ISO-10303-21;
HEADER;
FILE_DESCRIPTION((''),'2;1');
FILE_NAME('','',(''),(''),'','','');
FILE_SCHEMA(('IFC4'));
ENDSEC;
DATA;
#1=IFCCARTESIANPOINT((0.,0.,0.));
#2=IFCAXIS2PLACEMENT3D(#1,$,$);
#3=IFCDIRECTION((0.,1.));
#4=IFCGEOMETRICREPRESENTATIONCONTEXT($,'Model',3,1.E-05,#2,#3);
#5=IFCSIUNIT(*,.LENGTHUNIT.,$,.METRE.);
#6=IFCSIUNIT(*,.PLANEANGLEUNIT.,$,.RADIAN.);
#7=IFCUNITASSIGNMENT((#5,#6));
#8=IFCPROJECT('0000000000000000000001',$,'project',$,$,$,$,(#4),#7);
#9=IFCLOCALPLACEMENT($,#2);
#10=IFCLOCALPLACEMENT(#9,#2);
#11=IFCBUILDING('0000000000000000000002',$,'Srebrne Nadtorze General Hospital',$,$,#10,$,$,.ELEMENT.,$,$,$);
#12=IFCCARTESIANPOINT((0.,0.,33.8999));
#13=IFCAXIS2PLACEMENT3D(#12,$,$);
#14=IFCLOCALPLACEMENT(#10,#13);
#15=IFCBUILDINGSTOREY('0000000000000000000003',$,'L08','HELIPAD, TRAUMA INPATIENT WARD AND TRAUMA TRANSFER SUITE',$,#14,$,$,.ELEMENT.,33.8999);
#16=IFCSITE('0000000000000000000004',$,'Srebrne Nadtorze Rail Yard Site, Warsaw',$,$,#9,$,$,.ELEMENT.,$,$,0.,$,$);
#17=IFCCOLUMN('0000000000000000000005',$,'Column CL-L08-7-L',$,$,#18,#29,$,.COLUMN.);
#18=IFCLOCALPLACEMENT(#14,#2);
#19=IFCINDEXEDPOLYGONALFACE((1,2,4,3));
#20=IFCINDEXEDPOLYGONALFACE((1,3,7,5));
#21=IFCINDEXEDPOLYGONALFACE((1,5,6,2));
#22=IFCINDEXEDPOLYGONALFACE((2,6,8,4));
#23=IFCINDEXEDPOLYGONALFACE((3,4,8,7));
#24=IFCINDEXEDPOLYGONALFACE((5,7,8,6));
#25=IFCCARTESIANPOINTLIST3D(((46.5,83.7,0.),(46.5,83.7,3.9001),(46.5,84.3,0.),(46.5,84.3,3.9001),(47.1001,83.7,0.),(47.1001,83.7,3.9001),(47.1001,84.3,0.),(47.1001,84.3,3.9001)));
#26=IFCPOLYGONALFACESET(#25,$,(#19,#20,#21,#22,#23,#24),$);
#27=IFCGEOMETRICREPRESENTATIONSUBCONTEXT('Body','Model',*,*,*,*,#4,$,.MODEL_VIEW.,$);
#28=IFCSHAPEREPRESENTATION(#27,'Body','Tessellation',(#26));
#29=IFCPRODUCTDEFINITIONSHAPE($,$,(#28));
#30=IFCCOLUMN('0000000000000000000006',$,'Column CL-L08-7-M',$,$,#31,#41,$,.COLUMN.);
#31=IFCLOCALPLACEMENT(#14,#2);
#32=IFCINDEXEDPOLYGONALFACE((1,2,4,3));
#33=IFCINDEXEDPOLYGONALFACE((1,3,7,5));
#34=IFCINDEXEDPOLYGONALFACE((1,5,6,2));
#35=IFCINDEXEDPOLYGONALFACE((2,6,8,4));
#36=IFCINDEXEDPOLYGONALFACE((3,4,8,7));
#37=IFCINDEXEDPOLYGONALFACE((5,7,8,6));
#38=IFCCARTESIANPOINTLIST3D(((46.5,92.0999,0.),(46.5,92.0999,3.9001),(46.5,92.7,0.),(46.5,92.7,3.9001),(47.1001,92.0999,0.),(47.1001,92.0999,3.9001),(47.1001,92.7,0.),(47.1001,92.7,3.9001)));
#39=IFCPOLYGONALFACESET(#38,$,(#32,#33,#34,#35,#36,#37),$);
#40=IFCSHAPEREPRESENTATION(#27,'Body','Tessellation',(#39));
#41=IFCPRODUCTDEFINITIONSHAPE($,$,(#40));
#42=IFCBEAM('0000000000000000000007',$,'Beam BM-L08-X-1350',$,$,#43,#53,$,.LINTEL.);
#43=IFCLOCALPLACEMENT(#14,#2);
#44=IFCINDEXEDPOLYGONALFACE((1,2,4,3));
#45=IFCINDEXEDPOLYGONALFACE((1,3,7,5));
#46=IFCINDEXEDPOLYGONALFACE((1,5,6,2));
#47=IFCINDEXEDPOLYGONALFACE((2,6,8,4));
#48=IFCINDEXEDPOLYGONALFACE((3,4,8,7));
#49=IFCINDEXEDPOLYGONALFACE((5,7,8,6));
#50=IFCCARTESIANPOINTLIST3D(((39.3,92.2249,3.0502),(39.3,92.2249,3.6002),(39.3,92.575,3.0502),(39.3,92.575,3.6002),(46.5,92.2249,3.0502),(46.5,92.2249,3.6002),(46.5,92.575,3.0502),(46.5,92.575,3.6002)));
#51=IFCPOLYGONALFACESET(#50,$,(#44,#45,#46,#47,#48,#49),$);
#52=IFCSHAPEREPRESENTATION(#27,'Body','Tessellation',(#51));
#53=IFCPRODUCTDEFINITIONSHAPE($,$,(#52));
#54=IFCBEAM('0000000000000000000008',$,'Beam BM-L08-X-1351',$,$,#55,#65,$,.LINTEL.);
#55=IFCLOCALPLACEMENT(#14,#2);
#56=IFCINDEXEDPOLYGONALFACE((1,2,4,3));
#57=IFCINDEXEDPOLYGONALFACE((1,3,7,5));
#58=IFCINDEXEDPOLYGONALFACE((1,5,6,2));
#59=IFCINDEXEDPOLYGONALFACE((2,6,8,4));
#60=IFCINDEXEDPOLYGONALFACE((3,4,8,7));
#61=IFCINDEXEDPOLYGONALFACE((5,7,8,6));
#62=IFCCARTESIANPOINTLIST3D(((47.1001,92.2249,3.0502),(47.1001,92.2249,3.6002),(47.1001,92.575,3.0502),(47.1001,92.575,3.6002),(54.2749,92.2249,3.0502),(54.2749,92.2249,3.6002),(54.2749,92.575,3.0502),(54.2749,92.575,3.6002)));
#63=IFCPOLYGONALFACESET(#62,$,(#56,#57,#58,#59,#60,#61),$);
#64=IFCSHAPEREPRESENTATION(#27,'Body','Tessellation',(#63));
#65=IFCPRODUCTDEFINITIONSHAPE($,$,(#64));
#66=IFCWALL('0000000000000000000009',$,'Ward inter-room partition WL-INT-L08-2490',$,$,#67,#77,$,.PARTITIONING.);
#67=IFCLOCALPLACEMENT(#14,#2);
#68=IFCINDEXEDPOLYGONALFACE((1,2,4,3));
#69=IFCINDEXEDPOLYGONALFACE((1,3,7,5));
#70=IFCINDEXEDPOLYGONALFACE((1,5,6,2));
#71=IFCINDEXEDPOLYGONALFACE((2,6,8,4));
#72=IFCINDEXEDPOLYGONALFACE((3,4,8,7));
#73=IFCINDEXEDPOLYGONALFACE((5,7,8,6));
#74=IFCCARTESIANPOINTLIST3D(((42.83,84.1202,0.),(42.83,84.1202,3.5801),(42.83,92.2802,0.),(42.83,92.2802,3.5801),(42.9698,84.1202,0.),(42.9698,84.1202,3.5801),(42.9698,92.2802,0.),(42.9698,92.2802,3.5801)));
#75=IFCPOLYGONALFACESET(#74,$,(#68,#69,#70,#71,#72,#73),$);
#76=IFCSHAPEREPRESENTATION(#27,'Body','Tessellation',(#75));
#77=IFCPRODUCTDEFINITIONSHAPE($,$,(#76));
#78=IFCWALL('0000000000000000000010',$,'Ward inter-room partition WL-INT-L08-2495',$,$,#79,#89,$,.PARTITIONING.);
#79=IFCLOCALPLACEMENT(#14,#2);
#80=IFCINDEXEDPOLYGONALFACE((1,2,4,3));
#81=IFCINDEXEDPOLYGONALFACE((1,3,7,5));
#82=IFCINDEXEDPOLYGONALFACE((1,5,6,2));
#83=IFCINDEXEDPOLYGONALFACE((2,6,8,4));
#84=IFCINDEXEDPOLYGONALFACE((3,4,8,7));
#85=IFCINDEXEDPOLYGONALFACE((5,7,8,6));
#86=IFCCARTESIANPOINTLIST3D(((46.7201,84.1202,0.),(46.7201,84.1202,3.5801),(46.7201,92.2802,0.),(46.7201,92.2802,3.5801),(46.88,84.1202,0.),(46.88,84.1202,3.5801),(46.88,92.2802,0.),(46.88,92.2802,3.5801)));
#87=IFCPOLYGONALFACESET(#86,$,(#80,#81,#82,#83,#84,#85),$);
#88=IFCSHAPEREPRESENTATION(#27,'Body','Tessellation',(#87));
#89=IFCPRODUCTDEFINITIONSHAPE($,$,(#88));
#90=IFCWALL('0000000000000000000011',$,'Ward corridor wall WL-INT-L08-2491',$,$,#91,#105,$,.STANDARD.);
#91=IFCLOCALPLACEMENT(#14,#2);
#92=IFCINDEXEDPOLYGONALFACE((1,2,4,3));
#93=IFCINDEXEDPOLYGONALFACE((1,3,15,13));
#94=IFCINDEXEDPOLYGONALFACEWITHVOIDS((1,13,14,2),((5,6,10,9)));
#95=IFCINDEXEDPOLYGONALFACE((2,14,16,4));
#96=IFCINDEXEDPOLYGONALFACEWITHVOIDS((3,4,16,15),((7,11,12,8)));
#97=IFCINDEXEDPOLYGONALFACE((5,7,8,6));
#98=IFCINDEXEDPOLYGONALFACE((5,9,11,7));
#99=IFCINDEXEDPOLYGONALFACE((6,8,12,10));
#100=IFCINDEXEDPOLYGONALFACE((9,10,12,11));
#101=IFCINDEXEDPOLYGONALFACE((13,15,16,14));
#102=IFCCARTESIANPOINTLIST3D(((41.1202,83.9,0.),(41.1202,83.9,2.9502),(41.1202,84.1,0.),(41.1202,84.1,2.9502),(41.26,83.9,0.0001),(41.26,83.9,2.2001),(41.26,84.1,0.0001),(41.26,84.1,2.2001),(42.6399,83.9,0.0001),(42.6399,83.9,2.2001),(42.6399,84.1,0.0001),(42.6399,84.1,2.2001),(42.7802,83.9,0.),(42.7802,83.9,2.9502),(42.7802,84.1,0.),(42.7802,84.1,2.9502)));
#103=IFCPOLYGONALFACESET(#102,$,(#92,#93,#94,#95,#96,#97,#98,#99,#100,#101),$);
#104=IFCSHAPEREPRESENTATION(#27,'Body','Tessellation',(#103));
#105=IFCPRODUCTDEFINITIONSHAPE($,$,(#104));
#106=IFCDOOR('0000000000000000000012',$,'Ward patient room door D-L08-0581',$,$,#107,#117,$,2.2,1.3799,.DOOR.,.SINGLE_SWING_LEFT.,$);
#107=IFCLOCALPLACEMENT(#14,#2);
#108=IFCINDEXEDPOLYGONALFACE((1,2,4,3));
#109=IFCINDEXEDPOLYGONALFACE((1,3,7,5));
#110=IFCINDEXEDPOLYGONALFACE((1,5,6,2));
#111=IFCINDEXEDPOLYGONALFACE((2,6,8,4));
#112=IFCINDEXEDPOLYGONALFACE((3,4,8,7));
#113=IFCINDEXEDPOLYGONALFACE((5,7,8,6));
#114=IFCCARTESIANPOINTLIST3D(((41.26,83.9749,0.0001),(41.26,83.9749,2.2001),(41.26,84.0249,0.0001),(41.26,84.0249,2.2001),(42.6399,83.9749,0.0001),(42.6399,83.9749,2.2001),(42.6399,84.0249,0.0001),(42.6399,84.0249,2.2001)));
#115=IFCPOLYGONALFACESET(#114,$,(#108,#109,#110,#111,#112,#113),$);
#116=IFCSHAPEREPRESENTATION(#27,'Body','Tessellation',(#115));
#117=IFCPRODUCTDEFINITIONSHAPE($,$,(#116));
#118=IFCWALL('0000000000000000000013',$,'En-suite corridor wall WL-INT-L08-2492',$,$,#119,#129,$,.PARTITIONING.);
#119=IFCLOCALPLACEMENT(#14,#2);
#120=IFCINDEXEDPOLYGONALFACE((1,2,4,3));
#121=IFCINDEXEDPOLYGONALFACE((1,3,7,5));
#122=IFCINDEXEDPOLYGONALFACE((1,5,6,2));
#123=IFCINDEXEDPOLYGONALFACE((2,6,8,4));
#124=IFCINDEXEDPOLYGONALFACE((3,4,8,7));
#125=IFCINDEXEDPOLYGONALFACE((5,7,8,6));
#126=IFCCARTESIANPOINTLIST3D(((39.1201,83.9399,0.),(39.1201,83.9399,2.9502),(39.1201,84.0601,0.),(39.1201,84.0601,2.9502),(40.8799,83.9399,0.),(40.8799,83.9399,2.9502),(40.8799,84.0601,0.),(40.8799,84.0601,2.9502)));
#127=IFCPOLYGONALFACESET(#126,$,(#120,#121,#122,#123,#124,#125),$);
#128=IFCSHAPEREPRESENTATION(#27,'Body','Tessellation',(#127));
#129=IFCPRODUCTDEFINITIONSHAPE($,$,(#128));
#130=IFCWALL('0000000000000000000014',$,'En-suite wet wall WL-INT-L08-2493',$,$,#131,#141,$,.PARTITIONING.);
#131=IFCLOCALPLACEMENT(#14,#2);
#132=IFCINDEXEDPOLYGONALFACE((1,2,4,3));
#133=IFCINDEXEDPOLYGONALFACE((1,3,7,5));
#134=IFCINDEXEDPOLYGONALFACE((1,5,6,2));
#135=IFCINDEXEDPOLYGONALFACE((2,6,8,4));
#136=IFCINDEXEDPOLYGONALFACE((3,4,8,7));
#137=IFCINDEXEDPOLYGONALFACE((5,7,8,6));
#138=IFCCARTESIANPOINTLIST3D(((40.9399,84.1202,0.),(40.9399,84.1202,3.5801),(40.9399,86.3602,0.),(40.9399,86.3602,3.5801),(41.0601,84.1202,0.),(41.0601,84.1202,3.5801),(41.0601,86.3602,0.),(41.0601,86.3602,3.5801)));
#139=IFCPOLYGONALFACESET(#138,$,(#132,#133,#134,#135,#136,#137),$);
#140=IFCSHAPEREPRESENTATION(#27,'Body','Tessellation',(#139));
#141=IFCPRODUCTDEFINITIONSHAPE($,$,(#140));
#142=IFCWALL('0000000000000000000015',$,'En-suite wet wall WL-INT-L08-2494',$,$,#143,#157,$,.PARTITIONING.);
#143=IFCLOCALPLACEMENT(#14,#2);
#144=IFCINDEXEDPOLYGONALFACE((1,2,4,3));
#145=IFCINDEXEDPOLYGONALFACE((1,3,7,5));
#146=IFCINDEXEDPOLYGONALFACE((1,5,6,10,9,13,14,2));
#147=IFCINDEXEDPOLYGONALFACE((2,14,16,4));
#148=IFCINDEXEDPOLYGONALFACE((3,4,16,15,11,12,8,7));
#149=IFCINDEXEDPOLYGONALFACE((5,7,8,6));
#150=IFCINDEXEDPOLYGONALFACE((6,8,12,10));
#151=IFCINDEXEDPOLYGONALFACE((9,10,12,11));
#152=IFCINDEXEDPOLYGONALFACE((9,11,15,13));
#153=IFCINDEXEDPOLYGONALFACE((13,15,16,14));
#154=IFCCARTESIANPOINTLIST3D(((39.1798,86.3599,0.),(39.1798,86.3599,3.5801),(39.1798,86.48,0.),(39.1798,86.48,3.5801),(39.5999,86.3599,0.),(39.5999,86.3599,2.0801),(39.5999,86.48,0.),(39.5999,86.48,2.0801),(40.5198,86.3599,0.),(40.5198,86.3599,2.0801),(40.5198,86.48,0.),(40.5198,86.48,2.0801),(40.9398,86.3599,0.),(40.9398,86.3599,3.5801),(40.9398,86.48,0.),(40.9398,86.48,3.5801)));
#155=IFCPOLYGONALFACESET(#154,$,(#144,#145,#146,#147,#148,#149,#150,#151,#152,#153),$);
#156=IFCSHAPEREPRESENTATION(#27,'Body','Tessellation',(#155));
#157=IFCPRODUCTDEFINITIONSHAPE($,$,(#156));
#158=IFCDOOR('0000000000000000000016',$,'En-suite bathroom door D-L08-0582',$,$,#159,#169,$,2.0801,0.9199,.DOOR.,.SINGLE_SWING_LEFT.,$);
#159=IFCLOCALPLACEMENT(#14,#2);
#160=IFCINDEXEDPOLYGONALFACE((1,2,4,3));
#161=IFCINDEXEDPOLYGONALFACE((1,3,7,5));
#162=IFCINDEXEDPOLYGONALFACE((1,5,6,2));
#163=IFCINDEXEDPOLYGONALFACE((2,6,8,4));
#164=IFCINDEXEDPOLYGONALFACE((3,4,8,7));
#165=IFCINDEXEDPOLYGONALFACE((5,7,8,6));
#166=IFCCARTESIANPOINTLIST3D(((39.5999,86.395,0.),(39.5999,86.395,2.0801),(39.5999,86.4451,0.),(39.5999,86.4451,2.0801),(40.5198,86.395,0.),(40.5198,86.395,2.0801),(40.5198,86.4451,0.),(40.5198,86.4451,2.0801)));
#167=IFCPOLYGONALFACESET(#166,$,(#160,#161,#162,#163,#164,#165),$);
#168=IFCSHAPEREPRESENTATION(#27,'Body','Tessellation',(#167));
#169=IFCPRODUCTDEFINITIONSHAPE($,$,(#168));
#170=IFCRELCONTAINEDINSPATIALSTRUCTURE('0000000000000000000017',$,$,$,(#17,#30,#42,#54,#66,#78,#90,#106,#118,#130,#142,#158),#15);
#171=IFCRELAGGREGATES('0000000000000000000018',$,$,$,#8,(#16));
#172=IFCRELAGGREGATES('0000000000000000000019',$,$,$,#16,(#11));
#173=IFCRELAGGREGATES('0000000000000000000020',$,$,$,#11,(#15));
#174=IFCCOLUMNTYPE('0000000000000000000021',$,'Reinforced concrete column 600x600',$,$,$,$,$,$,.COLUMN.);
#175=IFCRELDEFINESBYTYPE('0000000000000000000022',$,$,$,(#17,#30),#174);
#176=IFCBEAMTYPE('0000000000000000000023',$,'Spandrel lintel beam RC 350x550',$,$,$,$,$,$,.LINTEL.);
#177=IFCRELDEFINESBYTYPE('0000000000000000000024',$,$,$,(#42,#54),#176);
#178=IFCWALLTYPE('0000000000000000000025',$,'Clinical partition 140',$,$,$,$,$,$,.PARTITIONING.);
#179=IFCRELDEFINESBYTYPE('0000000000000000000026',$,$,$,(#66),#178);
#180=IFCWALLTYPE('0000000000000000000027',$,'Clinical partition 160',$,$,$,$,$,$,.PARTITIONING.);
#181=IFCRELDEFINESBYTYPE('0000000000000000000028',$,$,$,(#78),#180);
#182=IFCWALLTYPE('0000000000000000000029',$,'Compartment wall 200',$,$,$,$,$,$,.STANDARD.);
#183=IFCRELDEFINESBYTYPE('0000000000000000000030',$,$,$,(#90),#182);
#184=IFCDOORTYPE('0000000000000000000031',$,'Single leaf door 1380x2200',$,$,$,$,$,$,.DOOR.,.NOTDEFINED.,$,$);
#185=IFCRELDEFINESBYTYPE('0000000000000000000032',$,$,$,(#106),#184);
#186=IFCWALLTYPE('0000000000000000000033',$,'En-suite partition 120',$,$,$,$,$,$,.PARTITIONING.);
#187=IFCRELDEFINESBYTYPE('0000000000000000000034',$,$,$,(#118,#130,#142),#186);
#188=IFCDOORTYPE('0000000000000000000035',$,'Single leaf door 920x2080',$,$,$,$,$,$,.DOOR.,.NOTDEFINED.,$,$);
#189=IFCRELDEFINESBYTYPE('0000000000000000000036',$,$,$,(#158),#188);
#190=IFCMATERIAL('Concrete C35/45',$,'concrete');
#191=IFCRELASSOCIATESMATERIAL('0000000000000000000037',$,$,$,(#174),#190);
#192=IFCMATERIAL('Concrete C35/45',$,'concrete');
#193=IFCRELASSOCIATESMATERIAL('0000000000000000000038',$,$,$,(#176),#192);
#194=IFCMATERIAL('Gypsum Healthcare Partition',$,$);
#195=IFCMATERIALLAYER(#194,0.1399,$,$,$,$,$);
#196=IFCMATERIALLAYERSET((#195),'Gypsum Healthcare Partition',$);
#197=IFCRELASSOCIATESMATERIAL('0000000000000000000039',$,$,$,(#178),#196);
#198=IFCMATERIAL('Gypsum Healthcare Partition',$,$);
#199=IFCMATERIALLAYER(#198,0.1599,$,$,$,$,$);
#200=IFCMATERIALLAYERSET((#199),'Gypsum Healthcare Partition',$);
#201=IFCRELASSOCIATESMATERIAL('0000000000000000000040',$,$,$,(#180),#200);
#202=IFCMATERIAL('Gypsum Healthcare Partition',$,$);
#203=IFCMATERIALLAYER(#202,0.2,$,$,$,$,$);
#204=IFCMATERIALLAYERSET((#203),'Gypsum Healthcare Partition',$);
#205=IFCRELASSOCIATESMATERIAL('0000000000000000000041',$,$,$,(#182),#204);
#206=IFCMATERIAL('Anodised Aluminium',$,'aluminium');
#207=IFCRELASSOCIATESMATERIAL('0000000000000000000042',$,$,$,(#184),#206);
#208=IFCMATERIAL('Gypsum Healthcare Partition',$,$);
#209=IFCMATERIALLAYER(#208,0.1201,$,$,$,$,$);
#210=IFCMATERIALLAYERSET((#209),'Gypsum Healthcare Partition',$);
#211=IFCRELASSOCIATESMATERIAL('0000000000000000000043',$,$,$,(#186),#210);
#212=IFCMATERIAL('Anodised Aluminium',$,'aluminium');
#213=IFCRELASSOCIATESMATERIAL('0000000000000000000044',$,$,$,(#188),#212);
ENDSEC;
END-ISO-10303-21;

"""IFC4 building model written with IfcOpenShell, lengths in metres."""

from ifc_helpers import new_model, si_unit, direction, frame, frame_2d, origin, origin_2d, place, context, subcontext, project, spatial, rectangle, extrude, material, layer, layer_set, material_profile, profile_set, type_object, element, fill, save


model = new_model("IFC4")

# Units and contexts
model_context = context("Model", 3, precision=1e-05, world=origin(), true_north=direction((0.0, 1.0)))
body_context = subcontext(model_context, "Body", "Model", "MODEL_VIEW")
ifc_project = project(units=[si_unit("LENGTHUNIT", "METRE"), si_unit("PLANEANGLEUNIT", "RADIAN")], contexts=[model_context])

# Site, building, storey
site_placement = place(None, origin())
site = spatial("IfcSite", under=ifc_project, at=site_placement, Name="Srebrne Nadtorze Rail Yard Site, Warsaw", CompositionType="ELEMENT", RefElevation=0.0)
building_placement = place(site_placement, origin())
building = spatial("IfcBuilding", under=site, at=building_placement, Name="Srebrne Nadtorze General Hospital", CompositionType="ELEMENT")
storey_placement = place(building_placement, frame((0.0, 0.0, 33.8999)))
storey = spatial("IfcBuildingStorey", under=building, at=storey_placement, Name="L08", Description="HELIPAD, TRAUMA INPATIENT WARD AND TRAUMA TRANSFER SUITE", CompositionType="ELEMENT", Elevation=33.8999)

# Columns
ifc_material_1 = material(Name="Concrete C35/45", Category="concrete")
ifc_material_profile_1 = material_profile(ifc_material_1, rectangle(XDim=0.6001, YDim=0.6001, at=origin_2d()), Name="RC-COL-600x600")
ifc_profile_set_1 = profile_set([ifc_material_profile_1], Name="Concrete C35/45")
column_type = type_object("IfcColumnType", Name="Reinforced concrete column 600x600", PredefinedType="COLUMN", material=ifc_profile_set_1)
for number, where, z_axis, x_axis, name in (
    (1, (46.8, 84.0, 0.0), (0.0, 0.0, 1.0), (1.0, 0.0, 0.0), "Column CL-L08-7-L"),
    (2, (46.8, 92.3999, 0.0), (0.0, 0.0, 1.0), (1.0, 0.0, 0.0), "Column CL-L08-7-M"),
):
    element("IfcColumn", number, at=place(storey_placement, frame(where, z_axis=z_axis, x_axis=x_axis)), inside=storey, type_object=column_type, Name=name, PredefinedType="COLUMN", context=body_context, shape_type="SweptSolid", body=[
        extrude(rectangle(XDim=0.6001, YDim=0.6001, at=origin_2d()), origin(), (0.0, 0.0, 1.0), 3.9001),
    ])

# Beams
ifc_material_2 = material(Name="Concrete C35/45", Category="concrete")
ifc_material_profile_2 = material_profile(ifc_material_2, rectangle(XDim=0.3501, YDim=0.55, at=origin_2d()), Name="RC-BM-350x550")
ifc_profile_set_2 = profile_set([ifc_material_profile_2], Name="Concrete C35/45")
beam_type = type_object("IfcBeamType", Name="Spandrel lintel beam RC 350x550", PredefinedType="LINTEL", material=ifc_profile_set_2)
beam_1_placement = place(storey_placement, frame((39.3, 92.3999, 3.3252), z_axis=(1.0, 0.0, 0.0), x_axis=(0.0, 1.0, 0.0)))
element("IfcBeam", 3, at=beam_1_placement, inside=storey, type_object=beam_type, Name="Beam BM-L08-X-1350", PredefinedType="LINTEL", context=body_context, shape_type="SweptSolid", body=[
    extrude(rectangle(XDim=0.3501, YDim=0.55, at=origin_2d()), origin(), (0.0, 0.0, 1.0), 7.2),
])
beam_2_placement = place(storey_placement, frame((47.1001, 92.3999, 3.3252), z_axis=(1.0, 0.0, 0.0), x_axis=(0.0, 1.0, 0.0)))
element("IfcBeam", 4, at=beam_2_placement, inside=storey, type_object=beam_type, Name="Beam BM-L08-X-1351", PredefinedType="LINTEL", context=body_context, shape_type="SweptSolid", body=[
    extrude(rectangle(XDim=0.3501, YDim=0.55, at=origin_2d()), origin(), (0.0, 0.0, 1.0), 7.1748),
])

# Walls
ifc_material_3 = material(Name="Gypsum Healthcare Partition")
ifc_layer_1 = layer(ifc_material_3, 0.1399)
ifc_layer_set_1 = layer_set([ifc_layer_1], Name="Gypsum Healthcare Partition")
wall_type_1 = type_object("IfcWallType", Name="Clinical partition 140", PredefinedType="PARTITIONING", material=ifc_layer_set_1)
wall_1_placement = place(storey_placement, frame((42.8999, 84.1201, 0.0), z_axis=(0.0, 0.0, 1.0), x_axis=(0.0, 1.0, 0.0)))
element("IfcWall", 5, at=wall_1_placement, inside=storey, type_object=wall_type_1, Name="Ward inter-room partition WL-INT-L08-2490", PredefinedType="PARTITIONING", context=body_context, shape_type="SweptSolid", body=[
    extrude(rectangle(XDim=8.1599, YDim=0.1399, at=frame_2d((4.0801, 0.0))), origin(), (0.0, 0.0, 1.0), 3.5801),
])
ifc_material_4 = material(Name="Gypsum Healthcare Partition")
ifc_layer_2 = layer(ifc_material_4, 0.1599)
ifc_layer_set_2 = layer_set([ifc_layer_2], Name="Gypsum Healthcare Partition")
wall_type_2 = type_object("IfcWallType", Name="Clinical partition 160", PredefinedType="PARTITIONING", material=ifc_layer_set_2)
wall_2_placement = place(storey_placement, frame((46.8, 84.1201, 0.0), z_axis=(0.0, 0.0, 1.0), x_axis=(0.0, 1.0, 0.0)))
element("IfcWall", 6, at=wall_2_placement, inside=storey, type_object=wall_type_2, Name="Ward inter-room partition WL-INT-L08-2495", PredefinedType="PARTITIONING", context=body_context, shape_type="SweptSolid", body=[
    extrude(rectangle(XDim=8.1599, YDim=0.1599, at=frame_2d((4.0801, 0.0))), origin(), (0.0, 0.0, 1.0), 3.5801),
])

# Wall, opening, door
ifc_material_5 = material(Name="Gypsum Healthcare Partition")
ifc_layer_3 = layer(ifc_material_5, 0.2)
ifc_layer_set_3 = layer_set([ifc_layer_3], Name="Gypsum Healthcare Partition")
wall_type_3 = type_object("IfcWallType", Name="Compartment wall 200", PredefinedType="STANDARD", material=ifc_layer_set_3)
wall_3_placement = place(storey_placement, frame((41.1201, 84.0, 0.0), z_axis=(0.0, 0.0, 1.0), x_axis=(1.0, 0.0, 0.0)))
wall_3 = element("IfcWall", 7, at=wall_3_placement, inside=storey, type_object=wall_type_3, Name="Ward corridor wall WL-INT-L08-2491", PredefinedType="STANDARD", context=body_context, shape_type="SweptSolid", body=[
    extrude(rectangle(XDim=1.6599, YDim=0.2, at=frame_2d((0.8301, 0.0))), origin(), (0.0, 0.0, 1.0), 2.9502),
])
opening_1_placement = place(wall_3_placement, frame((0.1399, 0.0, 0.0)))
opening_1 = element("IfcOpeningElement", 8, at=opening_1_placement, cuts=wall_3, PredefinedType="OPENING", context=body_context, shape_type="SweptSolid", body=[
    extrude(rectangle(XDim=1.3799, YDim=2.2, at=frame_2d((0.6899, 1.1001))), frame((0.0, 0.1118, 0.0), z_axis=(0.0, -1.0, 0.0), x_axis=(1.0, 0.0, 0.0)), (0.0, 0.0, 1.0), 0.2239),
])
ifc_material_6 = material(Name="Anodised Aluminium", Category="aluminium")
door_type_1 = type_object("IfcDoorType", Name="Single leaf door 1380x2200", OperationType="NOTDEFINED", PredefinedType="DOOR", material=ifc_material_6)
door_1_placement = place(opening_1_placement, origin())
door_1 = element("IfcDoor", 9, at=door_1_placement, inside=storey, type_object=door_type_1, Name="Ward patient room door D-L08-0581", OperationType="SINGLE_SWING_LEFT", OverallHeight=2.2, OverallWidth=1.3799, PredefinedType="DOOR", context=body_context, shape_type="SweptSolid", body=[
    extrude(rectangle(XDim=1.3799, YDim=2.2, at=frame_2d((0.6899, 1.1001))), frame((0.0, 0.0249, 0.0), z_axis=(0.0, -1.0, 0.0), x_axis=(1.0, 0.0, 0.0)), (0.0, 0.0, 1.0), 0.05),
])
fill(opening_1, door_1)

# Walls
ifc_material_7 = material(Name="Gypsum Healthcare Partition")
ifc_layer_4 = layer(ifc_material_7, 0.1201)
ifc_layer_set_4 = layer_set([ifc_layer_4], Name="Gypsum Healthcare Partition")
wall_type_4 = type_object("IfcWallType", Name="En-suite partition 120", PredefinedType="PARTITIONING", material=ifc_layer_set_4)
wall_4_placement = place(storey_placement, frame((39.1201, 84.0, 0.0), z_axis=(0.0, 0.0, 1.0), x_axis=(1.0, 0.0, 0.0)))
element("IfcWall", 10, at=wall_4_placement, inside=storey, type_object=wall_type_4, Name="En-suite corridor wall WL-INT-L08-2492", PredefinedType="PARTITIONING", context=body_context, shape_type="SweptSolid", body=[
    extrude(rectangle(XDim=1.7598, YDim=0.1201, at=frame_2d((0.8799, 0.0))), origin(), (0.0, 0.0, 1.0), 2.9502),
])
wall_5_placement = place(storey_placement, frame((41.0, 84.1201, 0.0), z_axis=(0.0, 0.0, 1.0), x_axis=(0.0, 1.0, 0.0)))
element("IfcWall", 11, at=wall_5_placement, inside=storey, type_object=wall_type_4, Name="En-suite wet wall WL-INT-L08-2493", PredefinedType="PARTITIONING", context=body_context, shape_type="SweptSolid", body=[
    extrude(rectangle(XDim=2.24, YDim=0.1201, at=frame_2d((1.1201, 0.0))), origin(), (0.0, 0.0, 1.0), 3.5801),
])

# Wall, opening, door
wall_6_placement = place(storey_placement, frame((39.1799, 86.4199, 0.0), z_axis=(0.0, 0.0, 1.0), x_axis=(1.0, 0.0, 0.0)))
wall_6 = element("IfcWall", 12, at=wall_6_placement, inside=storey, type_object=wall_type_4, Name="En-suite wet wall WL-INT-L08-2494", PredefinedType="PARTITIONING", context=body_context, shape_type="SweptSolid", body=[
    extrude(rectangle(XDim=1.76, YDim=0.1201, at=frame_2d((0.8799, 0.0))), origin(), (0.0, 0.0, 1.0), 3.5801),
])
opening_2_placement = place(wall_6_placement, frame((0.4199, 0.0, 0.0)))
opening_2 = element("IfcOpeningElement", 13, at=opening_2_placement, cuts=wall_6, PredefinedType="OPENING", context=body_context, shape_type="SweptSolid", body=[
    extrude(rectangle(XDim=0.9199, YDim=2.0801, at=frame_2d((0.46, 1.04))), frame((0.0, 0.072, 0.0), z_axis=(0.0, -1.0, 0.0), x_axis=(1.0, 0.0, 0.0)), (0.0, 0.0, 1.0), 0.144),
])
ifc_material_8 = material(Name="Anodised Aluminium", Category="aluminium")
door_type_2 = type_object("IfcDoorType", Name="Single leaf door 920x2080", OperationType="NOTDEFINED", PredefinedType="DOOR", material=ifc_material_8)
door_2_placement = place(opening_2_placement, frame((0.9199, 0.0, 0.0), z_axis=(0.0, 0.0, 1.0), x_axis=(-1.0, 0.0, 0.0)))
door_2 = element("IfcDoor", 14, at=door_2_placement, inside=storey, type_object=door_type_2, Name="En-suite bathroom door D-L08-0582", OperationType="SINGLE_SWING_LEFT", OverallHeight=2.0801, OverallWidth=0.9199, PredefinedType="DOOR", context=body_context, shape_type="SweptSolid", body=[
    extrude(rectangle(XDim=0.9199, YDim=2.0801, at=frame_2d((0.46, 1.04))), frame((0.0, 0.0249, 0.0), z_axis=(0.0, -1.0, 0.0), x_axis=(1.0, 0.0, 0.0)), (0.0, 0.0, 1.0), 0.05),
])
fill(opening_2, door_2)

save(model, "model.ifc")
